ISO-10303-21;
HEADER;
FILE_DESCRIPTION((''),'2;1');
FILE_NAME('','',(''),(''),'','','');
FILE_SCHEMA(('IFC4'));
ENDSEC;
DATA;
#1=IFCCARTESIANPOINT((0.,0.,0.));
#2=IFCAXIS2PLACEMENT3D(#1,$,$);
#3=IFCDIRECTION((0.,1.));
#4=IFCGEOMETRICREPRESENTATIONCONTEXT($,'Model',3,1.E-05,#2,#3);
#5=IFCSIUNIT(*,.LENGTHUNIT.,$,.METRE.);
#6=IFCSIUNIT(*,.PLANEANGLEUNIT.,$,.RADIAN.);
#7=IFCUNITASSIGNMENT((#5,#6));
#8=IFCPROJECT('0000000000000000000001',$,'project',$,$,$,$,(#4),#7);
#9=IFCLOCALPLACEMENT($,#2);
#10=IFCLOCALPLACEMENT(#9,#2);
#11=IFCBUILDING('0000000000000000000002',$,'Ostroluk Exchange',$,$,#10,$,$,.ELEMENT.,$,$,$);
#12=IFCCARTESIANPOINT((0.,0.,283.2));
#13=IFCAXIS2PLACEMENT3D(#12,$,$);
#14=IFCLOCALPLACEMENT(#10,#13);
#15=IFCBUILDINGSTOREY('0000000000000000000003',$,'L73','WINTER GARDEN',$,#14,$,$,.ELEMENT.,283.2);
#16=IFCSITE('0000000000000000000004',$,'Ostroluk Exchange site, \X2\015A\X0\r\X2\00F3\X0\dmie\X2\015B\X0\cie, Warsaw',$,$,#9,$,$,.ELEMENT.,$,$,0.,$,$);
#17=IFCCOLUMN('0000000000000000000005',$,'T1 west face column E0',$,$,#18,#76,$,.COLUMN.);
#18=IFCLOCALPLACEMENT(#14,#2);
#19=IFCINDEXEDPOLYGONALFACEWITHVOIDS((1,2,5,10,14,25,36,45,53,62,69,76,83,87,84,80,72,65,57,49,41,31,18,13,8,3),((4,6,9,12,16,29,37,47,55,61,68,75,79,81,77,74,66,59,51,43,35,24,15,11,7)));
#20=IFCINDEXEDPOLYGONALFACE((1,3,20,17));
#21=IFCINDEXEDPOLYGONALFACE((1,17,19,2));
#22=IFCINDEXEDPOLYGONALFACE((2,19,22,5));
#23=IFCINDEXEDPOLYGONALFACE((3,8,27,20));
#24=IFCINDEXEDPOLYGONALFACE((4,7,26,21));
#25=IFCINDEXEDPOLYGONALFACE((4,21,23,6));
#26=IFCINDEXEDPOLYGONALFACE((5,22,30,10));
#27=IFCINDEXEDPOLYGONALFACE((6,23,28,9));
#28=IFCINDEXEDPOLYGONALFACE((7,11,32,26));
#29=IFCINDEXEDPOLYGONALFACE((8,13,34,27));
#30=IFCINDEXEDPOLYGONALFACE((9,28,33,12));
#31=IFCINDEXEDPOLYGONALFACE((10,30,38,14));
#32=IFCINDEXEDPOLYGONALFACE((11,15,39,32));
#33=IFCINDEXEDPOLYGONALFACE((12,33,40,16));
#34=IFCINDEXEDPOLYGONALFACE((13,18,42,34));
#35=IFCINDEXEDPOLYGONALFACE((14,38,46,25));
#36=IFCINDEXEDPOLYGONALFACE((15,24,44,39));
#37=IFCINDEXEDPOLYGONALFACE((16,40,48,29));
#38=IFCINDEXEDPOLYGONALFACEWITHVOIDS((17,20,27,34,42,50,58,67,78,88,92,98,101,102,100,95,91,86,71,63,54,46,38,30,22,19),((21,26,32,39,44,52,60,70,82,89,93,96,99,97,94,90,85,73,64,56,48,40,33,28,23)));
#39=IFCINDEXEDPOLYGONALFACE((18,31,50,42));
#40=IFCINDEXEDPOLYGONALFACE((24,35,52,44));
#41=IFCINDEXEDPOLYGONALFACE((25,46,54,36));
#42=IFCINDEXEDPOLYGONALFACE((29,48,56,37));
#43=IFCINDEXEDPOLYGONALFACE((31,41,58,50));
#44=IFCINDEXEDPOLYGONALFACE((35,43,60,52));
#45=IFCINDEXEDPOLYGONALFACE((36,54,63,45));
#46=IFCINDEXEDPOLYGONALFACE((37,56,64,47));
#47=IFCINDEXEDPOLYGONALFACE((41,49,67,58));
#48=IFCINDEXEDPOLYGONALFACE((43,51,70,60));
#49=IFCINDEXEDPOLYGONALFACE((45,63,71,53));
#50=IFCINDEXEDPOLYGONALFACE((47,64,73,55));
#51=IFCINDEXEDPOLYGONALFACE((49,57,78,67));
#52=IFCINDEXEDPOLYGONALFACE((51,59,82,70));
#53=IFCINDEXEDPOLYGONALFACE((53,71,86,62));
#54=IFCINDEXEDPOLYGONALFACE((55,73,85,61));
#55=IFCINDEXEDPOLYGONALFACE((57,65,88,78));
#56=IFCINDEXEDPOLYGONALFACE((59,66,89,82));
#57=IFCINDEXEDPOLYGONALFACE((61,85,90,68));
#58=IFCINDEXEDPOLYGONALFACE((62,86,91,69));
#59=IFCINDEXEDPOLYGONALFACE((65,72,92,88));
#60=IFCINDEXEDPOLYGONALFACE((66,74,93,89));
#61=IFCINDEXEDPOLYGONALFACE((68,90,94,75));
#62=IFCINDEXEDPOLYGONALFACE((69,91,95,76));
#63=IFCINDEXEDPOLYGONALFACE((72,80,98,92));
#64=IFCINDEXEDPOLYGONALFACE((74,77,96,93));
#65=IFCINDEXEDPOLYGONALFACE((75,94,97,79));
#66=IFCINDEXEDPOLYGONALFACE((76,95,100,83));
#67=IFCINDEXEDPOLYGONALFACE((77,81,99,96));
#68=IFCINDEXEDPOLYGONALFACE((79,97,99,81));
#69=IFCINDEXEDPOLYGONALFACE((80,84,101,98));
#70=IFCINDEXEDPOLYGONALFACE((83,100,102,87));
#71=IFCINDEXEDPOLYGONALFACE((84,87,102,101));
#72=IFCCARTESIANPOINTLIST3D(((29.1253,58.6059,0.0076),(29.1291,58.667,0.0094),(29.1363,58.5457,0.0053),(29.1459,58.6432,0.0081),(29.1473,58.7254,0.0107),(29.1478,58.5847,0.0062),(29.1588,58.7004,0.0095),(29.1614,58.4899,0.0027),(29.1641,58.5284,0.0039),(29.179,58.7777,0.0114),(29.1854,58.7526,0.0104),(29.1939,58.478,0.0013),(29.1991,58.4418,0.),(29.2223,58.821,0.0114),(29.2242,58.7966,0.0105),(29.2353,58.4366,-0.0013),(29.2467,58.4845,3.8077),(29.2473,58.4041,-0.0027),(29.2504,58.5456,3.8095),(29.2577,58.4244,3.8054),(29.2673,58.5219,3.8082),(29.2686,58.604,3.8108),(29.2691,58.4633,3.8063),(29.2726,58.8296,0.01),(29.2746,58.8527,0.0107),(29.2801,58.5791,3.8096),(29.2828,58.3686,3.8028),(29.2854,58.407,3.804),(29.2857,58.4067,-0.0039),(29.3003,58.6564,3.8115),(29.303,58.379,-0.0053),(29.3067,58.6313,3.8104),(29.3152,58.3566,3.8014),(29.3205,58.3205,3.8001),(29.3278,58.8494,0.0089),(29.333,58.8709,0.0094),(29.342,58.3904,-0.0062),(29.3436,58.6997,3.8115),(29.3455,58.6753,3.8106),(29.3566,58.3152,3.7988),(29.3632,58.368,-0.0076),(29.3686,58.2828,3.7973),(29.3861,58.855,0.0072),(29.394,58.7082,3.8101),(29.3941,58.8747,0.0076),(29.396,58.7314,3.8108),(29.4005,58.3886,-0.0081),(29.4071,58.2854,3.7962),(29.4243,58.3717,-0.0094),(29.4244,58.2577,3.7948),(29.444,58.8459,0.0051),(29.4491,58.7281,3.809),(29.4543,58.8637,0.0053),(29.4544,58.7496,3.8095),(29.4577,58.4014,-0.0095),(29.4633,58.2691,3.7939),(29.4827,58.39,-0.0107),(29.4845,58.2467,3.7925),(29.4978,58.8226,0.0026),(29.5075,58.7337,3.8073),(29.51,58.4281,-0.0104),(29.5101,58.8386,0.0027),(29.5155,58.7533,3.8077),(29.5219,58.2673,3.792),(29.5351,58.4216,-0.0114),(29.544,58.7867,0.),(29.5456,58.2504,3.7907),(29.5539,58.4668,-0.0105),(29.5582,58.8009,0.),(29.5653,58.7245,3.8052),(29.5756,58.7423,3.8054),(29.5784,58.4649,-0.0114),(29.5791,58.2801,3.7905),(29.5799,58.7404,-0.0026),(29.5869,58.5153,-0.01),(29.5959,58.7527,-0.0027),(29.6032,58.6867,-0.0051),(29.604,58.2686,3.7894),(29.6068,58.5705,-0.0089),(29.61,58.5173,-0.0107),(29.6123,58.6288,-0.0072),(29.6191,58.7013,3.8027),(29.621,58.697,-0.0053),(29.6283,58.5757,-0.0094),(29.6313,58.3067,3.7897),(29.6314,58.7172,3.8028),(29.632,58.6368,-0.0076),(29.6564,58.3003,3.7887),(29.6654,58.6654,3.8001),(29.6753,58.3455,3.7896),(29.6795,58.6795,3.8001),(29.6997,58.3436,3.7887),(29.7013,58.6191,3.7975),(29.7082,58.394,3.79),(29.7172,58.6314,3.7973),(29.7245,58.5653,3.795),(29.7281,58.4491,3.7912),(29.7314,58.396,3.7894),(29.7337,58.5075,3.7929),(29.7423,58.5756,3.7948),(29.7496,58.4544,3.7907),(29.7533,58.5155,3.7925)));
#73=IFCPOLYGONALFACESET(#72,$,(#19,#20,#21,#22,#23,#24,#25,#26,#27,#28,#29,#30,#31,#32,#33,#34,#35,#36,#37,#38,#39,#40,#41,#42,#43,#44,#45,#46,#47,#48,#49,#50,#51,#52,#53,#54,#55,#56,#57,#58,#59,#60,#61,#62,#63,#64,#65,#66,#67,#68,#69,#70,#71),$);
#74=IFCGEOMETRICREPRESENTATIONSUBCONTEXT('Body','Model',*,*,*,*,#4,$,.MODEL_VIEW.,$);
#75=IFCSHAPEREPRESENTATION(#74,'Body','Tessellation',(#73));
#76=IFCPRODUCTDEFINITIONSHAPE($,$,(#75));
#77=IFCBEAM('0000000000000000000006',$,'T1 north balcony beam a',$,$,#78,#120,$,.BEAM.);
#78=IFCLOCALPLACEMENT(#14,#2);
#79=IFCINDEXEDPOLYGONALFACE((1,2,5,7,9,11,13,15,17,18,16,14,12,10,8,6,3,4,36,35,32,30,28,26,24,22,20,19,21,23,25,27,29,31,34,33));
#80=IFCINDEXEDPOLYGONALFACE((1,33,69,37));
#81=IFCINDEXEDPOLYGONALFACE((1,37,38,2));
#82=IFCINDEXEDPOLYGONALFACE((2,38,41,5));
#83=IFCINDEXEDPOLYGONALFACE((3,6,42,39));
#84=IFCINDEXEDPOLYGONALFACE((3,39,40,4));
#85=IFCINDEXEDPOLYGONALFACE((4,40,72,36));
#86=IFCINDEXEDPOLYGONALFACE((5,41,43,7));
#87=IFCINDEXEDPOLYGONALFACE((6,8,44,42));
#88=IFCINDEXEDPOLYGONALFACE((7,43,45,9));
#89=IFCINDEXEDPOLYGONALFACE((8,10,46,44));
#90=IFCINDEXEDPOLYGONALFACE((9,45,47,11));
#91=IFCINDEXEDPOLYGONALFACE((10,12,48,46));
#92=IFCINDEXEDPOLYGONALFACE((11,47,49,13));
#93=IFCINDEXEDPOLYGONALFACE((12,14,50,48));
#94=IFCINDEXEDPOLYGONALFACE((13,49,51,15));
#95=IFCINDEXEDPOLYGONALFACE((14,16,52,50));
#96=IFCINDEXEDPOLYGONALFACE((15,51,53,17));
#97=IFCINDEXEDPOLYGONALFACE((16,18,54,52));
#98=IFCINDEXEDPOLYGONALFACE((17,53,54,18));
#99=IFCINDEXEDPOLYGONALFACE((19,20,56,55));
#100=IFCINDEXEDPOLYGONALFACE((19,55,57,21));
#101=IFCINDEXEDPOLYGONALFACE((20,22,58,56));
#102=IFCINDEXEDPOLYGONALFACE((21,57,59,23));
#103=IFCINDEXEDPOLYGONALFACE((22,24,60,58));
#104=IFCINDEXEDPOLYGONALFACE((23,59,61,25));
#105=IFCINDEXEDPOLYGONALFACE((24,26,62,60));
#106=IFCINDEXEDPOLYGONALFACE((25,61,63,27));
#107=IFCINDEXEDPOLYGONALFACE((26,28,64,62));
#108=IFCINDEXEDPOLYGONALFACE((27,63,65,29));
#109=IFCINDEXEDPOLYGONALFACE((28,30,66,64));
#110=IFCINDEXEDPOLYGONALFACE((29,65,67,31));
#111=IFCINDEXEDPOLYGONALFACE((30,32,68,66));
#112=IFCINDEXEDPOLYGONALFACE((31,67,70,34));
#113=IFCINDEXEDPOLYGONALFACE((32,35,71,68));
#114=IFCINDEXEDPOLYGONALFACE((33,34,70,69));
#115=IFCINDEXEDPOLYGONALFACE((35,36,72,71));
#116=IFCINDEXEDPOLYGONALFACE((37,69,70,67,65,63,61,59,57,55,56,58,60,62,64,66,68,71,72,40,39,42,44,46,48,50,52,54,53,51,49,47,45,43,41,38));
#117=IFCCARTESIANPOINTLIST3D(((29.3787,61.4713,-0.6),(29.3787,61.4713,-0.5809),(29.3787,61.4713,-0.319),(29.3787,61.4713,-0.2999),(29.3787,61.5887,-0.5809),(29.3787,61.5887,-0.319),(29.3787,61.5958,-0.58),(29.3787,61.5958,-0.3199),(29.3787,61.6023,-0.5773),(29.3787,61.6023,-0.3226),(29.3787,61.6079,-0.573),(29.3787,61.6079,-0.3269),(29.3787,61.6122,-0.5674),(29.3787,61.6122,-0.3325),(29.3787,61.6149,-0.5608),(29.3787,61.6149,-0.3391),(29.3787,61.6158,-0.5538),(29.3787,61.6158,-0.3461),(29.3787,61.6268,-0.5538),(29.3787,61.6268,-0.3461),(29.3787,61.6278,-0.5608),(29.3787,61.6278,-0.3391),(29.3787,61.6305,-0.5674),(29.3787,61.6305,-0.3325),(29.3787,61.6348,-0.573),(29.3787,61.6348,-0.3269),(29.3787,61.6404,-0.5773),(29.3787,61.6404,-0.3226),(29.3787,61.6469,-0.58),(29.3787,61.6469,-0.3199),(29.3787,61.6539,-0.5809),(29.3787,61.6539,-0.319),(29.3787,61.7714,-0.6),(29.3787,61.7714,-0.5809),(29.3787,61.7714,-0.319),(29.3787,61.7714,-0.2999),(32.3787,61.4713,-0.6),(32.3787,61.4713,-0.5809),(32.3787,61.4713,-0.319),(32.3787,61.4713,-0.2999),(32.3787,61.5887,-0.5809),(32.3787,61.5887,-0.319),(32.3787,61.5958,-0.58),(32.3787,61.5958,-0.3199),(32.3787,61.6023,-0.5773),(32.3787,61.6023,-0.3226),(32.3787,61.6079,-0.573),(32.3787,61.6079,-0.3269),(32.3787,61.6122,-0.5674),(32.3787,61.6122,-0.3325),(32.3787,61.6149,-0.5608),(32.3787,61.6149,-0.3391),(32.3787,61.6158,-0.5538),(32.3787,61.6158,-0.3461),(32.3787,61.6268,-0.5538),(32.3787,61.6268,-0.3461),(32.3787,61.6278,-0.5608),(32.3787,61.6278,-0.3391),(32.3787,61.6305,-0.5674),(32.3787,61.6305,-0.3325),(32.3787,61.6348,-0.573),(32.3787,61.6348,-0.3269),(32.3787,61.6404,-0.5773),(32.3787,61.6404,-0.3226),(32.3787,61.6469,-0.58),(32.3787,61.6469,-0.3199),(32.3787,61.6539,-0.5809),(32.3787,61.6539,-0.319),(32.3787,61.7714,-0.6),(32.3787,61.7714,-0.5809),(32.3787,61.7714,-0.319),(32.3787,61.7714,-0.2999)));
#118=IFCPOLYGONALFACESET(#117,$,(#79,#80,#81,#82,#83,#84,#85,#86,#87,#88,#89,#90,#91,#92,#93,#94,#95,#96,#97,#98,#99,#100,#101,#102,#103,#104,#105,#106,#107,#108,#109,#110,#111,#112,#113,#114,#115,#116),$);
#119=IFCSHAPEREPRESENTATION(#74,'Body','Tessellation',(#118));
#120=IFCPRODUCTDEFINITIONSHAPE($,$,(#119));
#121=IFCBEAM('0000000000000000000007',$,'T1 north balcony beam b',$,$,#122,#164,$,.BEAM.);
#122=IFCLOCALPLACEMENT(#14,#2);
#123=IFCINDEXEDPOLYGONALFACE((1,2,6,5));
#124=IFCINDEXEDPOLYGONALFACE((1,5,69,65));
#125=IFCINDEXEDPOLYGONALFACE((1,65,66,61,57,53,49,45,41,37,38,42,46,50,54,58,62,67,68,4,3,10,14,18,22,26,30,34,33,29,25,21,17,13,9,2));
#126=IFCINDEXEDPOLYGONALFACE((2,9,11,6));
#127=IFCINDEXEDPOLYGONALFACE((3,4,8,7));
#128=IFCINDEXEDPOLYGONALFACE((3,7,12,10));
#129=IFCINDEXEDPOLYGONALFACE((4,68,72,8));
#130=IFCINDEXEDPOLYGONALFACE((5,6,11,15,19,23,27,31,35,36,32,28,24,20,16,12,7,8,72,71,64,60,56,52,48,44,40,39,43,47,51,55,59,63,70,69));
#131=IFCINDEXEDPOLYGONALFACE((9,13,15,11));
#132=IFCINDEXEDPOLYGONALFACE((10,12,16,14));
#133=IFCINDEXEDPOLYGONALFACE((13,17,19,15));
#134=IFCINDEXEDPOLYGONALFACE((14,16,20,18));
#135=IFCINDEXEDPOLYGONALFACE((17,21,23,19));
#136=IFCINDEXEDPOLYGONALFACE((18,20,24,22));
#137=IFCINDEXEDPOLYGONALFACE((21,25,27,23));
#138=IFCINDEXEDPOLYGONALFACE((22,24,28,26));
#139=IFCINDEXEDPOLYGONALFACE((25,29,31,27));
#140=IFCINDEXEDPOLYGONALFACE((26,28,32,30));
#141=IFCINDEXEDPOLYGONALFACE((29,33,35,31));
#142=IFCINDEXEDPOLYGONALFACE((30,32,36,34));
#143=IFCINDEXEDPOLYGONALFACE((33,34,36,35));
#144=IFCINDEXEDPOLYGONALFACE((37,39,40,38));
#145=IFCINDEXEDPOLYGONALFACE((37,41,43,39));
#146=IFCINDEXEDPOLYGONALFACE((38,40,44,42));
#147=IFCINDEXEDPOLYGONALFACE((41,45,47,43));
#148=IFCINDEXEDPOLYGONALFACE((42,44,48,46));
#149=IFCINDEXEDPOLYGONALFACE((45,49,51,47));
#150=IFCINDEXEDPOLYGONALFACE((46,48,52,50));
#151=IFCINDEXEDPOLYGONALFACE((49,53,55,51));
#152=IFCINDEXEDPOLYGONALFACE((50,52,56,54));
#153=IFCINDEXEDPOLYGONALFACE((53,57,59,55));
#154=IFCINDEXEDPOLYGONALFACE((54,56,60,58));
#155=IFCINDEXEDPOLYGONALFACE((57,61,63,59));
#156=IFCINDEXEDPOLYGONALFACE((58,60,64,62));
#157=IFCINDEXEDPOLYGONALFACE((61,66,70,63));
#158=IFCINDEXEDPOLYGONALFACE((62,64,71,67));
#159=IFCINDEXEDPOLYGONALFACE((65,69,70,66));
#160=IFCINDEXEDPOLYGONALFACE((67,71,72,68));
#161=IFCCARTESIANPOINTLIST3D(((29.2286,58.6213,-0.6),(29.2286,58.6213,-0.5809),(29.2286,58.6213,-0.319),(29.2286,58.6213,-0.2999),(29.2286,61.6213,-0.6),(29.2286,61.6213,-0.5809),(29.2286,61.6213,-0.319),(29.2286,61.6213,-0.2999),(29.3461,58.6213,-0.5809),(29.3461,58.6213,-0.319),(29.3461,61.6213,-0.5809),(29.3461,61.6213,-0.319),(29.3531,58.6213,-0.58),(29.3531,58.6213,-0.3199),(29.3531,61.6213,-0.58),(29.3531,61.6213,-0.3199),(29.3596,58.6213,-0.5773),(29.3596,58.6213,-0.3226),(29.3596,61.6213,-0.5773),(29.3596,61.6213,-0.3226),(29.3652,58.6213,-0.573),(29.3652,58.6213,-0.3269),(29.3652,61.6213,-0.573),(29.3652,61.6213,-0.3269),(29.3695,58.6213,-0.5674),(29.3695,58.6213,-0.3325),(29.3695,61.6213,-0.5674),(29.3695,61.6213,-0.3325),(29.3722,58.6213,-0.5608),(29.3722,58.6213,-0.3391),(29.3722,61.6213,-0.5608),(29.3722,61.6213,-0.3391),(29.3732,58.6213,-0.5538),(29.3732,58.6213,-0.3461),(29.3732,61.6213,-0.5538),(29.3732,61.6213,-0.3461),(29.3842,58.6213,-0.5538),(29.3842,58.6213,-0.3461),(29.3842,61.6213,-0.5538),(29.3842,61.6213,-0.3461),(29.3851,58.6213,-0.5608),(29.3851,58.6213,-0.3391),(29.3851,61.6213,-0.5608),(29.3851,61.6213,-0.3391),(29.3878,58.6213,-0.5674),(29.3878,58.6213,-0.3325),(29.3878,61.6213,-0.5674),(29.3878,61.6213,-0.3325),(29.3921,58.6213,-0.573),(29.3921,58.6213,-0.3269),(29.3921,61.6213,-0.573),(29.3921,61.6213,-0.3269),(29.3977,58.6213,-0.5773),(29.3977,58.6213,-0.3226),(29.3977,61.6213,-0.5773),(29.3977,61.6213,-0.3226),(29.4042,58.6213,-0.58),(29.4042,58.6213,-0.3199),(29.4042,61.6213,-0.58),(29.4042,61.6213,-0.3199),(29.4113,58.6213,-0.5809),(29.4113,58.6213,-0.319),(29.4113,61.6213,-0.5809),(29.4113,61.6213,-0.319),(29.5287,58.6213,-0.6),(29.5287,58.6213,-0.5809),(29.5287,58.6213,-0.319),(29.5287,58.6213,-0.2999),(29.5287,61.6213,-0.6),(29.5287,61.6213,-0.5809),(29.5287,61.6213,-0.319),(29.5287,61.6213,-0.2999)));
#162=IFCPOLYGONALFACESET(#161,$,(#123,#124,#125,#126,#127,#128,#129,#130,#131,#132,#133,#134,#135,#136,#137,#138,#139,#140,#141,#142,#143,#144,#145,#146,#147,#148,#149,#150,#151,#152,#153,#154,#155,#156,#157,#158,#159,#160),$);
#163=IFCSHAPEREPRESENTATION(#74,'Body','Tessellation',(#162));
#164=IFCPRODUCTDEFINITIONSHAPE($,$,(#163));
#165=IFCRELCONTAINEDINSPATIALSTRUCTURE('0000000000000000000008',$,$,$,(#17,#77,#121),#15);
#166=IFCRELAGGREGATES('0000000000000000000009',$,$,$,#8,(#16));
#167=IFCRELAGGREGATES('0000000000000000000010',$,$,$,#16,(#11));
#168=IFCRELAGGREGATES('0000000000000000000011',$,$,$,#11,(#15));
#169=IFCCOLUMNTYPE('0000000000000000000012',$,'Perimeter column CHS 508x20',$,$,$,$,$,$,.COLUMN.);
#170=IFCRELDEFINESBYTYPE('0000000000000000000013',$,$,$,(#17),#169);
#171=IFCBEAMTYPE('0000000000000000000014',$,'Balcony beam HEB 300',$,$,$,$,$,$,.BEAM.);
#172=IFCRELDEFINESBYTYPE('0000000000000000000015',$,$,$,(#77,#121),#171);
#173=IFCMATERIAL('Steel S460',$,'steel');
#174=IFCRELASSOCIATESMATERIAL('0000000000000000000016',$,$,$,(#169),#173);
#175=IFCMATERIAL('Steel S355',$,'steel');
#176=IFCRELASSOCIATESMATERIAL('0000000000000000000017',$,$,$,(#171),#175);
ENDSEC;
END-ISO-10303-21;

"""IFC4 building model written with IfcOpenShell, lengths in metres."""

from ifc_helpers import new_model, si_unit, direction, frame, origin, origin_2d, place, context, subcontext, project, spatial, hollow_circle, i_section, extrude, material, material_profile, profile_set, type_object, element, save


model = new_model("IFC4")

# Units and contexts
model_context = context("Model", 3, precision=1e-05, world=origin(), true_north=direction((0.0, 1.0)))
body_context = subcontext(model_context, "Body", "Model", "MODEL_VIEW")
ifc_project = project(units=[si_unit("LENGTHUNIT", "METRE"), si_unit("PLANEANGLEUNIT", "RADIAN")], contexts=[model_context])

# Site, building, storey
site_placement = place(None, origin())
site = spatial("IfcSite", under=ifc_project, at=site_placement, Name="Ostroluk Exchange site, Śródmieście, Warsaw", CompositionType="ELEMENT", RefElevation=0.0)
building_placement = place(site_placement, origin())
building = spatial("IfcBuilding", under=site, at=building_placement, Name="Ostroluk Exchange", CompositionType="ELEMENT")
storey_placement = place(building_placement, frame((0.0, 0.0, 283.2)))
storey = spatial("IfcBuildingStorey", under=building, at=storey_placement, Name="L73", Description="WINTER GARDEN", CompositionType="ELEMENT", Elevation=283.2)

# Column
ifc_material_1 = material(Name="Steel S460", Category="steel")
ifc_material_profile_1 = material_profile(ifc_material_1, hollow_circle(Radius=0.2539, WallThickness=0.02, at=origin_2d()), Name="CHS 508x20")
ifc_profile_set_1 = profile_set([ifc_material_profile_1], Name="Steel S460")
column_type_1 = type_object("IfcColumnType", Name="Perimeter column CHS 508x20", PredefinedType="COLUMN", material=ifc_profile_set_1)
column_1_placement = place(storey_placement, frame((29.3787, 58.6213, 0.0), z_axis=(0.031898, -0.031898, 0.998982), x_axis=(0.707107, 0.707107, 0.0)))
element("IfcColumn", 1, at=column_1_placement, inside=storey, type_object=column_type_1, Name="T1 west face column E0", PredefinedType="COLUMN", context=body_context, shape_type="SweptSolid", body=[
    extrude(hollow_circle(Radius=0.2539, WallThickness=0.02, at=origin_2d()), origin(), (0.0, 0.0, 1.0), 3.804),
])

# Beams
ifc_material_2 = material(Name="Steel S355", Category="steel")
ifc_material_profile_2 = material_profile(ifc_material_2, i_section(OverallWidth=0.3, OverallDepth=0.3, WebThickness=0.011, FlangeThickness=0.019, FilletRadius=0.0271, at=origin_2d()), Name="HEB 300")
ifc_profile_set_2 = profile_set([ifc_material_profile_2], Name="Steel S355")
beam_type_1 = type_object("IfcBeamType", Name="Balcony beam HEB 300", PredefinedType="BEAM", material=ifc_profile_set_2)
for number, where, z_axis, x_axis, name in (
    (2, (32.3787, 61.6213, -0.45), (-1.0, 0.0, 0.0), (0.0, -1.0, 0.0), "T1 north balcony beam a"),
    (3, (29.3787, 58.6213, -0.45), (0.0, 1.0, 0.0), (-1.0, 0.0, 0.0), "T1 north balcony beam b"),
):
    element("IfcBeam", number, at=place(storey_placement, frame(where, z_axis=z_axis, x_axis=x_axis)), inside=storey, type_object=beam_type_1, Name=name, PredefinedType="BEAM", context=body_context, shape_type="SweptSolid", body=[
        extrude(i_section(OverallWidth=0.3, OverallDepth=0.3, WebThickness=0.011, FlangeThickness=0.019, FilletRadius=0.0271, at=origin_2d()), origin(), (0.0, 0.0, 1.0), 3.0),
    ])

save(model, "model.ifc")
